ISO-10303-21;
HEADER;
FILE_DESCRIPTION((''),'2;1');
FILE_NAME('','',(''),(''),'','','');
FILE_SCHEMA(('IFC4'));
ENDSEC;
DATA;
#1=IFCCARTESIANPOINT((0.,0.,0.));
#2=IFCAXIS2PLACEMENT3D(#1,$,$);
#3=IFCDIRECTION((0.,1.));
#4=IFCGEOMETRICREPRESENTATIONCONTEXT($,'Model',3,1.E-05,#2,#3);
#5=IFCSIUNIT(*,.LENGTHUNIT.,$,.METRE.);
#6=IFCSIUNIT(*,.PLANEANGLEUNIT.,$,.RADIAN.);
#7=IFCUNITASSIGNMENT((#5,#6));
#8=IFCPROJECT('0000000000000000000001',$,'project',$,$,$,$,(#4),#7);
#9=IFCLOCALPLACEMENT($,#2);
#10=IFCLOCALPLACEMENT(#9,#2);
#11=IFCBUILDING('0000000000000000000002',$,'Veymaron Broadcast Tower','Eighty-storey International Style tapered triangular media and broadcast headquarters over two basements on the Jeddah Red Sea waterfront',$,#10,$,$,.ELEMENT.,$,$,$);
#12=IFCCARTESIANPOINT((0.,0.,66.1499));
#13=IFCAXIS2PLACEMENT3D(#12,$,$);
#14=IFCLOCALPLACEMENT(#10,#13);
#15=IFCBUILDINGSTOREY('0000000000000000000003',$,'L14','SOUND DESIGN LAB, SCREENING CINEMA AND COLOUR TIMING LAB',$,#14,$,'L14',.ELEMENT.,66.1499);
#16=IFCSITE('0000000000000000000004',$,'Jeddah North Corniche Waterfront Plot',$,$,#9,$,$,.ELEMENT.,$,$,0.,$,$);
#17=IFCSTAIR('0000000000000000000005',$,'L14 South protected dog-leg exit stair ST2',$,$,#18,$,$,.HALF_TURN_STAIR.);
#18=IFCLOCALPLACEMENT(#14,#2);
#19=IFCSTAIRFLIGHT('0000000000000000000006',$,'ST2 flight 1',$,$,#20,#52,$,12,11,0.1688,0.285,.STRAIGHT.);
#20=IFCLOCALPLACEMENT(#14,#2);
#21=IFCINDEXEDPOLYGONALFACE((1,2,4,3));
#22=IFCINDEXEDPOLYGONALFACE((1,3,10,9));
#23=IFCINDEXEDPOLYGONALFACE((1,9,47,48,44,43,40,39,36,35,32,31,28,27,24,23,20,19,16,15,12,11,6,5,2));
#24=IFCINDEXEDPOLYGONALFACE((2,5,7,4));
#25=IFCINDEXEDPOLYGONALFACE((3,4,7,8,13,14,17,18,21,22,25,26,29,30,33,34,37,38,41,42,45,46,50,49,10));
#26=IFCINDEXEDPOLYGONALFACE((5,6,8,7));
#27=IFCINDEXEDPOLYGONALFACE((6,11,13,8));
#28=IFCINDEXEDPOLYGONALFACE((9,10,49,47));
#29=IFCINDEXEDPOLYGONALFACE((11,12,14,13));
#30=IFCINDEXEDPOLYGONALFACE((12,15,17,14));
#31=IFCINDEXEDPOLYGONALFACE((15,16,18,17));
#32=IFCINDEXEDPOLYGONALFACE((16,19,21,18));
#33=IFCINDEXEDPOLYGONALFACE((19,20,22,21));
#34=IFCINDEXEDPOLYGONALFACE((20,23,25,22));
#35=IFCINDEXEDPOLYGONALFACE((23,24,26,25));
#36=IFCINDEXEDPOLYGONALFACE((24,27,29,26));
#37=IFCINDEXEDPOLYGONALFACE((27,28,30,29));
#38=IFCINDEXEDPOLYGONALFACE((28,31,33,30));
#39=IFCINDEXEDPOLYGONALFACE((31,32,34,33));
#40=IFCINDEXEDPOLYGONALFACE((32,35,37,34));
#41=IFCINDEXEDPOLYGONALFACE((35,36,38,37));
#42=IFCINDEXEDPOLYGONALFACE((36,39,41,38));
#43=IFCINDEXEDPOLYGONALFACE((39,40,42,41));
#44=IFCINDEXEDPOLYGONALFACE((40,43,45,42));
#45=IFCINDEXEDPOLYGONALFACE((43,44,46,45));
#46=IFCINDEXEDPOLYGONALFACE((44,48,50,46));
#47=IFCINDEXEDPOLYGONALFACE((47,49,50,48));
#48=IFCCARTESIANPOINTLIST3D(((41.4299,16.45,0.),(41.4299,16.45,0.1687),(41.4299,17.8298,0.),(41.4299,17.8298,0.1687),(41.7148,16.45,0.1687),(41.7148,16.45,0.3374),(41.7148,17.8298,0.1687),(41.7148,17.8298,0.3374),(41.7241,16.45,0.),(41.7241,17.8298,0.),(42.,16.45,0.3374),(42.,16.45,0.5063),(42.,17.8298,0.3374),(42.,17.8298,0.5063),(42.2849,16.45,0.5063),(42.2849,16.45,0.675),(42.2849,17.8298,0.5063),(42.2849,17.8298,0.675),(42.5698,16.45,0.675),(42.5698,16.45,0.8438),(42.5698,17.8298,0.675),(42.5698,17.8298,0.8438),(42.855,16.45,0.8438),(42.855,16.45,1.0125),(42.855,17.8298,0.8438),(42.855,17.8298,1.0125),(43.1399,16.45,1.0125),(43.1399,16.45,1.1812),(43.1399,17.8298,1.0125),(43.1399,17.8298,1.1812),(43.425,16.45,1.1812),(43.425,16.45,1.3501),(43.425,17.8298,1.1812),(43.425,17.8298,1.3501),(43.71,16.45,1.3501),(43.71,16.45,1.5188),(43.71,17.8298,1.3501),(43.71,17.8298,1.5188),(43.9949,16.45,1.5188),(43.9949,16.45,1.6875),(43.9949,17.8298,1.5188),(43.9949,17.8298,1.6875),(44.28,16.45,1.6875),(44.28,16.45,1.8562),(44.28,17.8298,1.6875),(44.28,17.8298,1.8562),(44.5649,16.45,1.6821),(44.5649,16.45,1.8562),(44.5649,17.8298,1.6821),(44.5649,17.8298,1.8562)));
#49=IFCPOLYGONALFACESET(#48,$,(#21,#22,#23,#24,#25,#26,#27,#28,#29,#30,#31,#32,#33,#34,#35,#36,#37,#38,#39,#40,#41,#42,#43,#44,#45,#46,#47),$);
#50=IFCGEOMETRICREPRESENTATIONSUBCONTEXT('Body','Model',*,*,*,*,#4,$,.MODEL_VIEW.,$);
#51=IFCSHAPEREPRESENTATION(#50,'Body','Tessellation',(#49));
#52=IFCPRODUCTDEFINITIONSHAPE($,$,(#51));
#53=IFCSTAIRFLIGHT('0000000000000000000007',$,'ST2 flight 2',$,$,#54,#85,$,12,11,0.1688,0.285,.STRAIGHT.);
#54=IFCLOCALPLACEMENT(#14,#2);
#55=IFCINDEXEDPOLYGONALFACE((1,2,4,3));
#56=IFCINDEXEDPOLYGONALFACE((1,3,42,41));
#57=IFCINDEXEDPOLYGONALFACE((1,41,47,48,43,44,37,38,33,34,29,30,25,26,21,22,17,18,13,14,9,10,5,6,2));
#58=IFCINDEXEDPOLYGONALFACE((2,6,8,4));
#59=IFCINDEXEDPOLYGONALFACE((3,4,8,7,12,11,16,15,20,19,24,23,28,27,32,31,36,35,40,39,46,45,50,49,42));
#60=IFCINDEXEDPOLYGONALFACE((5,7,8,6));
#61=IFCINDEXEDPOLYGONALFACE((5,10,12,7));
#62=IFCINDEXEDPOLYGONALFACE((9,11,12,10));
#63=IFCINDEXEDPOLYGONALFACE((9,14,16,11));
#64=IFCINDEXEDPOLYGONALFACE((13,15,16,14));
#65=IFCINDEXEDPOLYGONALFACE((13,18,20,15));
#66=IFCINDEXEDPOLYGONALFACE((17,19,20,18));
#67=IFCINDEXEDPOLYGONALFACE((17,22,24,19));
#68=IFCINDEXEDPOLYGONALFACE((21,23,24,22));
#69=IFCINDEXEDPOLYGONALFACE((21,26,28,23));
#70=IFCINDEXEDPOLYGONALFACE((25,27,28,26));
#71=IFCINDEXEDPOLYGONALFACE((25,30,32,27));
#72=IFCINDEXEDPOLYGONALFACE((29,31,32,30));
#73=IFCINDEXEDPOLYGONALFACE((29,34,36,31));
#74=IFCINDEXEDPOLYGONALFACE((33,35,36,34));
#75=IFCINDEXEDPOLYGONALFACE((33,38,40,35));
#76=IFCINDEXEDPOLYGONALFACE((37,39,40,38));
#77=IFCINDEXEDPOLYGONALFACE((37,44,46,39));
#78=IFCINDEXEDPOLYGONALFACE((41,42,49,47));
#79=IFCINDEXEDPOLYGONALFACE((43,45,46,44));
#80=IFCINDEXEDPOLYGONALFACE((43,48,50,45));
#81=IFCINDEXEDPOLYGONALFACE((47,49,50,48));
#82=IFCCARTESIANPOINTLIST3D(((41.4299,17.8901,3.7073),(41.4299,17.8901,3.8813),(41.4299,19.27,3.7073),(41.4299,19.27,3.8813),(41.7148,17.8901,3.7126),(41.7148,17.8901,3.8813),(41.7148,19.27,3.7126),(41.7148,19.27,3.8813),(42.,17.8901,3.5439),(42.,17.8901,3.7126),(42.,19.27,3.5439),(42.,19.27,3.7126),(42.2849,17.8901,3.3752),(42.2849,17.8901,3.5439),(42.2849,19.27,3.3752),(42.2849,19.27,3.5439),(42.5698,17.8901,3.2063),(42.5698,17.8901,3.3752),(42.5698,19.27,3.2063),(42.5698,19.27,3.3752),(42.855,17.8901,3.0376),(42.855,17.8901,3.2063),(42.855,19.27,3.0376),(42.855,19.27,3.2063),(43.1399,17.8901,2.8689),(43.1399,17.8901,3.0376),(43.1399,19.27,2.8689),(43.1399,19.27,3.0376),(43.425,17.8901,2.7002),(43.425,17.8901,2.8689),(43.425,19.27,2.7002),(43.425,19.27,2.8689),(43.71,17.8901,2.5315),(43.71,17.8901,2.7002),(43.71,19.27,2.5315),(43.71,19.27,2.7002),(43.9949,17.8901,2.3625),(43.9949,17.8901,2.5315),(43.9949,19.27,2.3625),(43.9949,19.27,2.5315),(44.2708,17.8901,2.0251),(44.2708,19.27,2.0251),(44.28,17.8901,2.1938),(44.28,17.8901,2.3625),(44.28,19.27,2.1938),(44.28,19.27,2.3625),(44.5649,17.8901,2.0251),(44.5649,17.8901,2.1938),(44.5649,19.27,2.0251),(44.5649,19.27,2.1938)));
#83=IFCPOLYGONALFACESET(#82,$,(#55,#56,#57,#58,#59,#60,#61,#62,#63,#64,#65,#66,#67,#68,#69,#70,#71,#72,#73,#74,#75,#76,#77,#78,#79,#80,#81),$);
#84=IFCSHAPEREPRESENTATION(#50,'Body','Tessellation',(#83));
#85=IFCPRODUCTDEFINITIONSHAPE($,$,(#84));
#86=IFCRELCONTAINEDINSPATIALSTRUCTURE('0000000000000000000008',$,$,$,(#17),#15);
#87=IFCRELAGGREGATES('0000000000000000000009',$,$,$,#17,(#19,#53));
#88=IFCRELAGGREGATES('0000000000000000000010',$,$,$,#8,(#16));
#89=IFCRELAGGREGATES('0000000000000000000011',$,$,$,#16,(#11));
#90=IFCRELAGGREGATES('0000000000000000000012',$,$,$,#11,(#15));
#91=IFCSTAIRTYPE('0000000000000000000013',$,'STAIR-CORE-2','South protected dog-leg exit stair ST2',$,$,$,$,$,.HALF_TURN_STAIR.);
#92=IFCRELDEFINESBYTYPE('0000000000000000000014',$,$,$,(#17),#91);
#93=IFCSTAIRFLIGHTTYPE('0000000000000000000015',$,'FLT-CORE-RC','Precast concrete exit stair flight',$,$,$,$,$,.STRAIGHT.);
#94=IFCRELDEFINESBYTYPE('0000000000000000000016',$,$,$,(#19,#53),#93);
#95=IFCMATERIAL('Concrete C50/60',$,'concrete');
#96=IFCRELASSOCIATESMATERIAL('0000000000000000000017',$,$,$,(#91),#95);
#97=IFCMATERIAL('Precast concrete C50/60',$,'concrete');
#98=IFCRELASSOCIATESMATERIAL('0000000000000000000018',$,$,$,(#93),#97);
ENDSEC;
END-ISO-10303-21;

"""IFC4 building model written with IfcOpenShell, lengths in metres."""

from ifc_helpers import new_model, si_unit, direction, frame, origin, place, context, subcontext, project, spatial, polyline, outline, extrude, material, type_object, element, aggregate, save


model = new_model("IFC4")

# Units and contexts
model_context = context("Model", 3, precision=1e-05, world=origin(), true_north=direction((0.0, 1.0)))
body_context = subcontext(model_context, "Body", "Model", "MODEL_VIEW")
ifc_project = project(units=[si_unit("LENGTHUNIT", "METRE"), si_unit("PLANEANGLEUNIT", "RADIAN")], contexts=[model_context])

# Site, building, storey
site_placement = place(None, origin())
site = spatial("IfcSite", under=ifc_project, at=site_placement, Name="Jeddah North Corniche Waterfront Plot", CompositionType="ELEMENT", RefElevation=0.0)
building_placement = place(site_placement, origin())
building = spatial("IfcBuilding", under=site, at=building_placement, Name="Veymaron Broadcast Tower", Description="Eighty-storey International Style tapered triangular media and broadcast headquarters over two basements on the Jeddah Red Sea waterfront", CompositionType="ELEMENT")
storey_placement = place(building_placement, frame((0.0, 0.0, 66.1499)))
storey = spatial("IfcBuildingStorey", under=building, at=storey_placement, Name="L14", Description="SOUND DESIGN LAB, SCREENING CINEMA AND COLOUR TIMING LAB", LongName="L14", CompositionType="ELEMENT", Elevation=66.1499)

# Shared definitions
ifc_material_1 = material(Name="Concrete C50/60", Category="concrete")

# Stair, stair flights
stair_type = type_object("IfcStairType", Name="STAIR-CORE-2", Description="South protected dog-leg exit stair ST2", PredefinedType="HALF_TURN_STAIR", material=ifc_material_1)
stair_placement = place(storey_placement, origin())
stair = element("IfcStair", 1, at=stair_placement, inside=storey, type_object=stair_type, Name="L14 South protected dog-leg exit stair ST2", PredefinedType="HALF_TURN_STAIR")
ifc_material_2 = material(Name="Precast concrete C50/60", Category="concrete")
stair_flight_type = type_object("IfcStairFlightType", Name="FLT-CORE-RC", Description="Precast concrete exit stair flight", PredefinedType="STRAIGHT", material=ifc_material_2)
stair_flight_1_placement = place(storey_placement, frame((41.4299, 17.1399, 0.0), z_axis=(0.0, 0.0, 1.0), x_axis=(1.0, 0.0, 0.0)))
stair_flight_1 = element("IfcStairFlight", 2, at=stair_flight_1_placement, type_object=stair_flight_type, Name="ST2 flight 1", NumberOfRisers=12, NumberOfTreads=11, PredefinedType="STRAIGHT", RiserHeight=0.1688, TreadLength=0.285, context=body_context, shape_type="SweptSolid", body=[
    extrude(outline(polyline([(0.0, 0.0), (0.0, 0.1687), (0.2849, 0.1687), (0.2849, 0.3374), (0.5701, 0.3374), (0.5701, 0.5063), (0.855, 0.5063), (0.855, 0.675), (1.1399, 0.675), (1.1399, 0.8438), (1.425, 0.8438), (1.425, 1.0125), (1.71, 1.0125), (1.71, 1.1812), (1.9951, 1.1812), (1.9951, 1.3501), (2.28, 1.3501), (2.28, 1.5188), (2.5649, 1.5188), (2.5649, 1.6875), (2.8501, 1.6875), (2.8501, 1.8562), (3.135, 1.8562), (3.135, 2.0249), (3.135, 1.6821), (0.2942, 0.0), (0.0, 0.0)])), frame((0.0, 0.6899, 0.0), z_axis=(0.0, -1.0, 0.0), x_axis=(1.0, 0.0, 0.0)), (0.0, 0.0, 1.0), 1.3799),
])
stair_flight_2_placement = place(storey_placement, frame((44.5649, 18.5801, 2.0251), z_axis=(0.0, 0.0, 1.0), x_axis=(-1.0, 0.0, 0.0)))
stair_flight_2 = element("IfcStairFlight", 3, at=stair_flight_2_placement, type_object=stair_flight_type, Name="ST2 flight 2", NumberOfRisers=12, NumberOfTreads=11, PredefinedType="STRAIGHT", RiserHeight=0.1688, TreadLength=0.285, context=body_context, shape_type="SweptSolid", body=[
    extrude(outline(polyline([(0.0, 0.0), (0.0, 0.1687), (0.2849, 0.1687), (0.2849, 0.3374), (0.5701, 0.3374), (0.5701, 0.5063), (0.855, 0.5063), (0.855, 0.675), (1.1399, 0.675), (1.1399, 0.8438), (1.425, 0.8438), (1.425, 1.0125), (1.71, 1.0125), (1.71, 1.1812), (1.9951, 1.1812), (1.9951, 1.3501), (2.28, 1.3501), (2.28, 1.5188), (2.5649, 1.5188), (2.5649, 1.6875), (2.8501, 1.6875), (2.8501, 1.8562), (3.135, 1.8562), (3.135, 2.0249), (3.135, 1.6821), (0.2942, 0.0), (0.0, 0.0)])), frame((0.0, 0.6899, 0.0), z_axis=(0.0, -1.0, 0.0), x_axis=(1.0, 0.0, 0.0)), (0.0, 0.0, 1.0), 1.3799),
])
aggregate(stair, [stair_flight_1, stair_flight_2])

save(model, "model.ifc")
